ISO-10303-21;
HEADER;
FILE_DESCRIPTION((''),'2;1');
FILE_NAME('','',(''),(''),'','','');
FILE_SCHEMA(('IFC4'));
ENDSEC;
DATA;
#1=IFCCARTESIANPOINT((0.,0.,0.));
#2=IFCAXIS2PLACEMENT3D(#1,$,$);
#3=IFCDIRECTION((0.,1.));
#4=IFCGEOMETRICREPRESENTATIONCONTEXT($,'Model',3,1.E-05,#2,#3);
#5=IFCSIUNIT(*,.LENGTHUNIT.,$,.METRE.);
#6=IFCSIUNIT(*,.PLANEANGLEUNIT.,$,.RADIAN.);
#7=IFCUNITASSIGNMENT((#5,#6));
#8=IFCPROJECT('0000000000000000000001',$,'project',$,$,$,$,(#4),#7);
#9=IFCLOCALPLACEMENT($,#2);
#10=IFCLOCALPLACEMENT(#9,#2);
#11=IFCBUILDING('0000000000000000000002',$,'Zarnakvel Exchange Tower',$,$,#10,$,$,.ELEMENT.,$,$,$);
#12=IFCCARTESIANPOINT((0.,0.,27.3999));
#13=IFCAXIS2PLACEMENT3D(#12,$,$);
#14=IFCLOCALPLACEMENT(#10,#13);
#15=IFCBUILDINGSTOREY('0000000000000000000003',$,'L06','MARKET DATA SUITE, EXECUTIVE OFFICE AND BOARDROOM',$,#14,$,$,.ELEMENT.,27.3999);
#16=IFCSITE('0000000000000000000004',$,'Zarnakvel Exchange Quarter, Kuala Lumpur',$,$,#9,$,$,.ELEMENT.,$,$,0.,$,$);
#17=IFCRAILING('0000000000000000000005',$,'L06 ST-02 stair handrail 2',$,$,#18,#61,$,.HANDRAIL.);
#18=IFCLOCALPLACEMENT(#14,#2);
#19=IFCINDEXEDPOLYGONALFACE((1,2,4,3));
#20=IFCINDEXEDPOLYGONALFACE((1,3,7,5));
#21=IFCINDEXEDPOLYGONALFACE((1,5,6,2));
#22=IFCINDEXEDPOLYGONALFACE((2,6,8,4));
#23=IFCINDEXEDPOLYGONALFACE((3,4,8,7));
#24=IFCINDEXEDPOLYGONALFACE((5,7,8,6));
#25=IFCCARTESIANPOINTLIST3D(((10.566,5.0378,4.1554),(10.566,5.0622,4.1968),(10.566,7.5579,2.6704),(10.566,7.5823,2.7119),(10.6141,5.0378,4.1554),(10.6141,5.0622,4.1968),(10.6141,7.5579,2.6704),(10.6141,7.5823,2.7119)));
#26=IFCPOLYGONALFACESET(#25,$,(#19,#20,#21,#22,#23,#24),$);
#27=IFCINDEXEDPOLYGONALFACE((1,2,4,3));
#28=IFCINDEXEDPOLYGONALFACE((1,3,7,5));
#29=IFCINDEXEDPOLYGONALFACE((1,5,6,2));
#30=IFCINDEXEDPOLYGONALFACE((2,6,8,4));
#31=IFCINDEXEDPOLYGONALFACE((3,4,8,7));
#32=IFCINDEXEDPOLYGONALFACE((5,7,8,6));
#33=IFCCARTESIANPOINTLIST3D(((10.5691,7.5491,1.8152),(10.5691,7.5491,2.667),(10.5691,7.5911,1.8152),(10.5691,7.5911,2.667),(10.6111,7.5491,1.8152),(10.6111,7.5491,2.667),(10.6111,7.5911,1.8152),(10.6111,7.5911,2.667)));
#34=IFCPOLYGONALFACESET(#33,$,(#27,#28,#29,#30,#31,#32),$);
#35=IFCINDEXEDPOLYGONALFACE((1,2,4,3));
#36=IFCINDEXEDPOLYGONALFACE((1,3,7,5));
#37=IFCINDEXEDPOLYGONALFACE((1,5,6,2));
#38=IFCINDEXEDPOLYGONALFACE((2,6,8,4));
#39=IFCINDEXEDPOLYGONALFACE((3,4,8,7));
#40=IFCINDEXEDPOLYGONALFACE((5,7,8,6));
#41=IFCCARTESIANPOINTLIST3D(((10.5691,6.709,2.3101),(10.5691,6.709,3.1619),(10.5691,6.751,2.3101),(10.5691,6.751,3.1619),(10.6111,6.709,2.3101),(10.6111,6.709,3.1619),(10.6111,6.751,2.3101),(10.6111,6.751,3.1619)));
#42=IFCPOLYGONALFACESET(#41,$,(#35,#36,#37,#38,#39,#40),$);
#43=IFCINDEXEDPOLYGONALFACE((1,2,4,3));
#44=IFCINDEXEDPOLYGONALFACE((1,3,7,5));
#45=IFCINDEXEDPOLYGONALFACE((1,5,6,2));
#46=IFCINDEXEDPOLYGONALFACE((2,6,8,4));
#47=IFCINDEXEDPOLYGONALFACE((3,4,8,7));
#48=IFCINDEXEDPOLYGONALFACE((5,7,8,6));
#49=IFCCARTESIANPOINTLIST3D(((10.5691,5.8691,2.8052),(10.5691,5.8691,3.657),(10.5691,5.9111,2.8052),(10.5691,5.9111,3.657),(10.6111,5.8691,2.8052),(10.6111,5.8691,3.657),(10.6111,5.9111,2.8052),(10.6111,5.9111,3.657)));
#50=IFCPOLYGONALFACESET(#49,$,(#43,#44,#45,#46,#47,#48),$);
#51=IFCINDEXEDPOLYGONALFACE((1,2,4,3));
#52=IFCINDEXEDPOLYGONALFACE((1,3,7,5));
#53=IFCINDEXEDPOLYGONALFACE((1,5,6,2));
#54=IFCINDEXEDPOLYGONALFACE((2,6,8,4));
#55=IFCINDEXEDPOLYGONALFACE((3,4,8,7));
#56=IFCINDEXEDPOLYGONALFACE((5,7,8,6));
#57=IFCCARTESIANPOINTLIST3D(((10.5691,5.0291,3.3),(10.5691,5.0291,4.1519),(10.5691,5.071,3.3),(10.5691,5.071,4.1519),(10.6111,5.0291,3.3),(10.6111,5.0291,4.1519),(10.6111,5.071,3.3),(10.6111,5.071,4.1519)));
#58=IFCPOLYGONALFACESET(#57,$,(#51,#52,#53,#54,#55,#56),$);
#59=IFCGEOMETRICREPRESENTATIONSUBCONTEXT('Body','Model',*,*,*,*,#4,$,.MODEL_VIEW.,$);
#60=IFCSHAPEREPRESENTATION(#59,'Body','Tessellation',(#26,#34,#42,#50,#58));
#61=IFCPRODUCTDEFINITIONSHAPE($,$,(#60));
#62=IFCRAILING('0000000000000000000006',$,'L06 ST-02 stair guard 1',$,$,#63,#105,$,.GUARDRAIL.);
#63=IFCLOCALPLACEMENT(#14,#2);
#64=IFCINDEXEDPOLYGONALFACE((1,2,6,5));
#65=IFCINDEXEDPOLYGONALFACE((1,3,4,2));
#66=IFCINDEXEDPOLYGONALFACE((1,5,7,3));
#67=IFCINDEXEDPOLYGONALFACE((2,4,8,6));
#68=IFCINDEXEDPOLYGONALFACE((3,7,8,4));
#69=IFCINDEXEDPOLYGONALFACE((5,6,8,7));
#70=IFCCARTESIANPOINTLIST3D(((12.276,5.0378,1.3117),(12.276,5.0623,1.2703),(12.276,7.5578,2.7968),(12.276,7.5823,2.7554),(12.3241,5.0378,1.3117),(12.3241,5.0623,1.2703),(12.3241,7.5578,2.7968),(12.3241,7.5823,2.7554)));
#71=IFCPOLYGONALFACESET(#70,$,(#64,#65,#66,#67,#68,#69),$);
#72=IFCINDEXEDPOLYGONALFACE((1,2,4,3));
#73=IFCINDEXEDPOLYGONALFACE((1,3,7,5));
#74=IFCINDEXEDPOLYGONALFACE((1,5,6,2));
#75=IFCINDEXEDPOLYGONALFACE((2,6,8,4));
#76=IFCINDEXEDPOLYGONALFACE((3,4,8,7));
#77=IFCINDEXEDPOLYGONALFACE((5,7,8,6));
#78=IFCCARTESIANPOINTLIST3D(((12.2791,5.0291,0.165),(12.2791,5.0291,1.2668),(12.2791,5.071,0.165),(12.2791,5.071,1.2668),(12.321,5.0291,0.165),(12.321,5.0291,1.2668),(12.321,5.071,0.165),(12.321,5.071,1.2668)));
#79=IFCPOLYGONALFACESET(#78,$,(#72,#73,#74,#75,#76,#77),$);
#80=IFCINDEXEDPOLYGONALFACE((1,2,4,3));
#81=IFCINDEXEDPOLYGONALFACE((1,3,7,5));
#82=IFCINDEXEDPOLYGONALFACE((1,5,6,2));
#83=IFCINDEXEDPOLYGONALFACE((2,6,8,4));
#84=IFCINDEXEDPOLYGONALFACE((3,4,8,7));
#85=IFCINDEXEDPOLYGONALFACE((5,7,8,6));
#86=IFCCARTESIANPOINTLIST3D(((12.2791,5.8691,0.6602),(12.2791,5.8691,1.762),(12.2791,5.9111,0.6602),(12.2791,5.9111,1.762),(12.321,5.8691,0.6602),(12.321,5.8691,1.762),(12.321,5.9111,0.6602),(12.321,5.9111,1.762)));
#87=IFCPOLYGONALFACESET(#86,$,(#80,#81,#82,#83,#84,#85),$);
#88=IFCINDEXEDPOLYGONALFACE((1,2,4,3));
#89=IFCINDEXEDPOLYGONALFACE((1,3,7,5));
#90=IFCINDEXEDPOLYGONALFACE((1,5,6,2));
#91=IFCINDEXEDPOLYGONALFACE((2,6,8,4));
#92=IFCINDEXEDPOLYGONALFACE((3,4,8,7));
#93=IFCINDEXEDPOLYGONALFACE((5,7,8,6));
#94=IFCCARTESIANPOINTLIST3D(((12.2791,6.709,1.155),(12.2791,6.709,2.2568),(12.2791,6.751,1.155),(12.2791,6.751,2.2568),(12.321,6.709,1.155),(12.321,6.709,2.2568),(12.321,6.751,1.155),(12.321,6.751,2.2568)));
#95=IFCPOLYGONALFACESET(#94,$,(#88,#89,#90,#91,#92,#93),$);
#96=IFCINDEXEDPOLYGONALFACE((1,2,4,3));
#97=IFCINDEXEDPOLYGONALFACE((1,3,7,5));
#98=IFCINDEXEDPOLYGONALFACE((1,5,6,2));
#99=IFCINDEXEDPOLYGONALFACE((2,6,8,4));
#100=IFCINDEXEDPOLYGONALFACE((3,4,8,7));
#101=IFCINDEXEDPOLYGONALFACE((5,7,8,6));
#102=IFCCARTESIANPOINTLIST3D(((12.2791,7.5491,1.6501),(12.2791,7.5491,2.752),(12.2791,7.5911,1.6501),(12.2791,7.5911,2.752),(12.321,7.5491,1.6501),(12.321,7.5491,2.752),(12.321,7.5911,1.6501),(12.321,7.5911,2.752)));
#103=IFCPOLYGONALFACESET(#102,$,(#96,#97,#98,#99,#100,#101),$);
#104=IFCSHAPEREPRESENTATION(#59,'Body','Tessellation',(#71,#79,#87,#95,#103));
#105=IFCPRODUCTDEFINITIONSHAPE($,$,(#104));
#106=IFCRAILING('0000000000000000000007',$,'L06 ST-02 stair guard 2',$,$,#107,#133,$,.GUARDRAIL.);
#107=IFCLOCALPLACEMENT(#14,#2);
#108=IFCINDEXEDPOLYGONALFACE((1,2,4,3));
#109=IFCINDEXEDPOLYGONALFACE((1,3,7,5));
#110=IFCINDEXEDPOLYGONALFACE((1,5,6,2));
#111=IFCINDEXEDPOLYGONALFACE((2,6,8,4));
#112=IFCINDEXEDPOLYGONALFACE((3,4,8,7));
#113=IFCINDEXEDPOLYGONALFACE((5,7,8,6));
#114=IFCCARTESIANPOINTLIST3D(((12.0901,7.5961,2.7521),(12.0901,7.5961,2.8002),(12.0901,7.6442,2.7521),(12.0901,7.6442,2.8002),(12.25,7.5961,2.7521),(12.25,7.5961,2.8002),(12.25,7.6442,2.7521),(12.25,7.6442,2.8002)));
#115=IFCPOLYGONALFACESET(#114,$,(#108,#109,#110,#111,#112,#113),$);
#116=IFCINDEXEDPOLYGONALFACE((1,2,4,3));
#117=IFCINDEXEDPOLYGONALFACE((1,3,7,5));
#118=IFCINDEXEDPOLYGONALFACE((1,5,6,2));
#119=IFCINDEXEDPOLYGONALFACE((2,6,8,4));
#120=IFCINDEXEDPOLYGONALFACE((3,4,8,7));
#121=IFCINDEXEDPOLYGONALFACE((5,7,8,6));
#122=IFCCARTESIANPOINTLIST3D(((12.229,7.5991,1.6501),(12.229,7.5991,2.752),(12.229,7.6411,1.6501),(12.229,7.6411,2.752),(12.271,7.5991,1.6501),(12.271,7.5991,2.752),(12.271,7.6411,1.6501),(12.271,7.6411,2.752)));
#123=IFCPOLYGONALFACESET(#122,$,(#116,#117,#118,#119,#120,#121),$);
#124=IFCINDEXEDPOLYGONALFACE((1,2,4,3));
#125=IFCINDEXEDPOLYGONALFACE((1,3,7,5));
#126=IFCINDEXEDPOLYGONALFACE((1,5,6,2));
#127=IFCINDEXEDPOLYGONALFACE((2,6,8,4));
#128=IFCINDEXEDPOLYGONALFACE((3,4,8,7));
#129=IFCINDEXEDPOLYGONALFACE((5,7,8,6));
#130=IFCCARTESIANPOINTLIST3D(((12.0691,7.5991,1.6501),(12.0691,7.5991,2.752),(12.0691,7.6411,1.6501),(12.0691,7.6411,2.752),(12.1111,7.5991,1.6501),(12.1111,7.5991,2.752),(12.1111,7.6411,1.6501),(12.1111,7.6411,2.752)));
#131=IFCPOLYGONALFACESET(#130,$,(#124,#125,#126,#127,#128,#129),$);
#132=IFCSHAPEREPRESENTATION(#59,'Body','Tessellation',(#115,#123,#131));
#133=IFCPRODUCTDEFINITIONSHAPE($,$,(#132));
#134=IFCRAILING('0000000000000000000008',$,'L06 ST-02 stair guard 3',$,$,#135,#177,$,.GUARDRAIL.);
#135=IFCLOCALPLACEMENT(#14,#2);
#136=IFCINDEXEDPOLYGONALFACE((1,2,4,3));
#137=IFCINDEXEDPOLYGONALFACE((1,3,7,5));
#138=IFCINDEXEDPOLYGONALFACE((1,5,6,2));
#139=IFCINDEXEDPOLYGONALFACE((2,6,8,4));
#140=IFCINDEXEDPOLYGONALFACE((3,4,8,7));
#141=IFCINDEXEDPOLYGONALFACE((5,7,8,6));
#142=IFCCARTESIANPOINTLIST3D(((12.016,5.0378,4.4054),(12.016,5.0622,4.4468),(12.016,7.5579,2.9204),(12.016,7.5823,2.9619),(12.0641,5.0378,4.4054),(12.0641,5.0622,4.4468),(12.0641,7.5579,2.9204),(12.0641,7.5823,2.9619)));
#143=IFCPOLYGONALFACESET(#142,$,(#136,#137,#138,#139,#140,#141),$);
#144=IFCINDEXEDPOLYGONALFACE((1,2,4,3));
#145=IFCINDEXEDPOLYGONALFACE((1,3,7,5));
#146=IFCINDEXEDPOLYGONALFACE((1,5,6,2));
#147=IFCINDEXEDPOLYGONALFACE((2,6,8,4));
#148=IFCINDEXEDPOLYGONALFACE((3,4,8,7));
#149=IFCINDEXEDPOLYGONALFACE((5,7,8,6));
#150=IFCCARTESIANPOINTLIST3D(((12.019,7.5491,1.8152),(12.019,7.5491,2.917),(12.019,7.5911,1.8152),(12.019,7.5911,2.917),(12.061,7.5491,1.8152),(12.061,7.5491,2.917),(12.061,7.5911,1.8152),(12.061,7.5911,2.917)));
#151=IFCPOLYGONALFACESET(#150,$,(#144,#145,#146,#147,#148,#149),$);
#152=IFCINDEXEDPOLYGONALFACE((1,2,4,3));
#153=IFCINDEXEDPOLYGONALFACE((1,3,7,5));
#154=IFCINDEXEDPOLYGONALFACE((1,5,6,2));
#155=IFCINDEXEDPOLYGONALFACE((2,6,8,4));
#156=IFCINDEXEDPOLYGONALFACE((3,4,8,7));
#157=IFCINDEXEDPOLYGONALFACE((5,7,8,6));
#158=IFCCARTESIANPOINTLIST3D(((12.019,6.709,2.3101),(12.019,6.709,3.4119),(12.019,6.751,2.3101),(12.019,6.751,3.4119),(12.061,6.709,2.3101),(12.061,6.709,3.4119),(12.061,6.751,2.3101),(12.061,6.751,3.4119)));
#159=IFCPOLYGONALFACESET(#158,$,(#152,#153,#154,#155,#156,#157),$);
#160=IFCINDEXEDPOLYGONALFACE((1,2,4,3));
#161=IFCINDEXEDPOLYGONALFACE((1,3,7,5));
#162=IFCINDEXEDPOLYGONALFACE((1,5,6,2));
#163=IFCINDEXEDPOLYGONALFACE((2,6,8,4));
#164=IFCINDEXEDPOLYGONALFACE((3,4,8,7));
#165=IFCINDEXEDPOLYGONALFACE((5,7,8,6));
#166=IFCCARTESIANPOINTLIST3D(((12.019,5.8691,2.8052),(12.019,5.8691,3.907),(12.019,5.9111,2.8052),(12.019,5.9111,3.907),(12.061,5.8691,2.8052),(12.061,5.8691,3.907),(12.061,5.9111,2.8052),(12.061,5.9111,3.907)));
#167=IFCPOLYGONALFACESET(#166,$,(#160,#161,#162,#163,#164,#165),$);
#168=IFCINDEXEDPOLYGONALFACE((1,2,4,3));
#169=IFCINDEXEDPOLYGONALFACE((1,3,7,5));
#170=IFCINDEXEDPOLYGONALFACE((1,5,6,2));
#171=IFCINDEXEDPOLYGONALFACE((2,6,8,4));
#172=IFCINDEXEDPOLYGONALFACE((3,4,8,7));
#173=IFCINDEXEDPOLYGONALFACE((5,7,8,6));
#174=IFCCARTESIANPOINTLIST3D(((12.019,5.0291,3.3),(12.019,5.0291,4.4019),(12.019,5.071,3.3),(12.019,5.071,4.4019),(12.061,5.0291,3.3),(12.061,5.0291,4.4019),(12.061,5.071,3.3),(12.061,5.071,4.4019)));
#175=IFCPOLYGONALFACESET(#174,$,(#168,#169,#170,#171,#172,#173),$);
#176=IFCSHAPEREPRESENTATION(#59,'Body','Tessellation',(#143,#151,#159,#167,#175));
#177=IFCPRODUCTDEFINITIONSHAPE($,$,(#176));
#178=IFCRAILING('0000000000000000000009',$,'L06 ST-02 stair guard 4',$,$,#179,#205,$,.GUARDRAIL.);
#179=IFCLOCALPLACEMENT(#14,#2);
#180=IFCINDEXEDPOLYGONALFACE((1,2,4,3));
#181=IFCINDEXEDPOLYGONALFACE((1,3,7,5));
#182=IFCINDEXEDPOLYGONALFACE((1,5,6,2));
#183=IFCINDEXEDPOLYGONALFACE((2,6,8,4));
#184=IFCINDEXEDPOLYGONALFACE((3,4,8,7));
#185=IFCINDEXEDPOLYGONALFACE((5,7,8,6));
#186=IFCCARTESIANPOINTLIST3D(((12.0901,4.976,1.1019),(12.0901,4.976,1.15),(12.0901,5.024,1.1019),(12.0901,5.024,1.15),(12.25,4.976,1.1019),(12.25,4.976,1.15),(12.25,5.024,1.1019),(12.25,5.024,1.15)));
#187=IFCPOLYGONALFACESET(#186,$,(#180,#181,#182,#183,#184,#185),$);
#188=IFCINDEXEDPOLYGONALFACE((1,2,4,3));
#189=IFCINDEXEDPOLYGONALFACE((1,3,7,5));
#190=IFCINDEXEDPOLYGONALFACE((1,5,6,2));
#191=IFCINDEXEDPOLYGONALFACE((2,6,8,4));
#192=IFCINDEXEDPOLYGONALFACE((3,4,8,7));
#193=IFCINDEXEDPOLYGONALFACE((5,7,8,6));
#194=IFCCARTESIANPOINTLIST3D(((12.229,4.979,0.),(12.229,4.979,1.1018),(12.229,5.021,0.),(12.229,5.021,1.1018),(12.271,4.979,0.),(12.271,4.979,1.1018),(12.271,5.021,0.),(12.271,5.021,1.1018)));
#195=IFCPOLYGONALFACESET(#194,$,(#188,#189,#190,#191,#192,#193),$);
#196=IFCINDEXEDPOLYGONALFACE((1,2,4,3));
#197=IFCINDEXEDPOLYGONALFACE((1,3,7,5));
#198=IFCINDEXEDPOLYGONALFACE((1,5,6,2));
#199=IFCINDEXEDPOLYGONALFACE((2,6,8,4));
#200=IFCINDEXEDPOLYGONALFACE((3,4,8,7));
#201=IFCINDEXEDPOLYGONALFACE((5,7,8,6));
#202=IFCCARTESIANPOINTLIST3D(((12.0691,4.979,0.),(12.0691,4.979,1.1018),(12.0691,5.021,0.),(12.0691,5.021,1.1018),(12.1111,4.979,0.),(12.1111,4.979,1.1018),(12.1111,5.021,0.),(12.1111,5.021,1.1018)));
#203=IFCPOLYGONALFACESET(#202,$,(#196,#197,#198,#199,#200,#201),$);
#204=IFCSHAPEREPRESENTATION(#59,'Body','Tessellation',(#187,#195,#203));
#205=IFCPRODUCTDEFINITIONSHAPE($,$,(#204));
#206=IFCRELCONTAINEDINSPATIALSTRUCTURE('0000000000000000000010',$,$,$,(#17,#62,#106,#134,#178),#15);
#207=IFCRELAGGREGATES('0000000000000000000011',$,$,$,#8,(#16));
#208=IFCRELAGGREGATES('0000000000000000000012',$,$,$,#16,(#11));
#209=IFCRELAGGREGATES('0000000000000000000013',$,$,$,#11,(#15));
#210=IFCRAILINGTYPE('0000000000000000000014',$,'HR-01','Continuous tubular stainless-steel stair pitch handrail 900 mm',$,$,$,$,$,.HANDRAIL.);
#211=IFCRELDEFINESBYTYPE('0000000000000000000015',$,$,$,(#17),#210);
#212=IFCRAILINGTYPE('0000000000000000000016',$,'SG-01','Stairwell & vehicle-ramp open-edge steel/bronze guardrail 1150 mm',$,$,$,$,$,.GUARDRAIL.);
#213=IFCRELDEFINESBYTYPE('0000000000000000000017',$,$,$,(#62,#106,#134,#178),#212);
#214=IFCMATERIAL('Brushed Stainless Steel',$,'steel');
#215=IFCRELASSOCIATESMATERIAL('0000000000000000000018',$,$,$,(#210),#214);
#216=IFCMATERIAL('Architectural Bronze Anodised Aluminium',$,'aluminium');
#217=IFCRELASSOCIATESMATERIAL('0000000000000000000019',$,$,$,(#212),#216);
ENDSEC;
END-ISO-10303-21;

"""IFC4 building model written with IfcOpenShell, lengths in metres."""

from ifc_helpers import new_model, si_unit, direction, frame, origin, origin_2d, place, context, subcontext, project, spatial, rectangle, extrude, material, type_object, element, save


model = new_model("IFC4")

# Units and contexts
model_context = context("Model", 3, precision=1e-05, world=origin(), true_north=direction((0.0, 1.0)))
body_context = subcontext(model_context, "Body", "Model", "MODEL_VIEW")
ifc_project = project(units=[si_unit("LENGTHUNIT", "METRE"), si_unit("PLANEANGLEUNIT", "RADIAN")], contexts=[model_context])

# Site, building, storey
site_placement = place(None, origin())
site = spatial("IfcSite", under=ifc_project, at=site_placement, Name="Zarnakvel Exchange Quarter, Kuala Lumpur", CompositionType="ELEMENT", RefElevation=0.0)
building_placement = place(site_placement, origin())
building = spatial("IfcBuilding", under=site, at=building_placement, Name="Zarnakvel Exchange Tower", CompositionType="ELEMENT")
storey_placement = place(building_placement, frame((0.0, 0.0, 27.3999)))
storey = spatial("IfcBuildingStorey", under=building, at=storey_placement, Name="L06", Description="MARKET DATA SUITE, EXECUTIVE OFFICE AND BOARDROOM", CompositionType="ELEMENT", Elevation=27.3999)

# Shared definitions
ifc_material_1 = material(Name="Architectural Bronze Anodised Aluminium", Category="aluminium")

# Railings
ifc_material_2 = material(Name="Brushed Stainless Steel", Category="steel")
railing_type_1 = type_object("IfcRailingType", Name="HR-01", Description="Continuous tubular stainless-steel stair pitch handrail 900 mm", PredefinedType="HANDRAIL", material=ifc_material_2)
railing_1_placement = place(storey_placement, frame((10.5901, 7.5701, 1.8152)))
element("IfcRailing", 1, at=railing_1_placement, inside=storey, type_object=railing_type_1, Name="L06 ST-02 stair handrail 2", PredefinedType="HANDRAIL", context=body_context, shape_type="SweptSolid", body=[
    extrude(rectangle(XDim=0.0481, YDim=0.0481, at=origin_2d()), frame((0.0, 0.0, 0.876), z_axis=(0.0, -0.861561, 0.507655), x_axis=(1.0, 0.0, 0.0)), (0.0, 0.0, 1.0), 2.925),
    extrude(rectangle(XDim=0.042, YDim=0.042, at=origin_2d()), origin(), (0.0, 0.0, 1.0), 0.8518),
    extrude(rectangle(XDim=0.042, YDim=0.042, at=origin_2d()), frame((0.0, -0.8401, 0.4949)), (0.0, 0.0, 1.0), 0.8518),
    extrude(rectangle(XDim=0.042, YDim=0.042, at=origin_2d()), frame((0.0, -1.6799, 0.99)), (0.0, 0.0, 1.0), 0.8518),
    extrude(rectangle(XDim=0.042, YDim=0.042, at=origin_2d()), frame((0.0, -2.52, 1.4849)), (0.0, 0.0, 1.0), 0.8518),
])
railing_type_2 = type_object("IfcRailingType", Name="SG-01", Description="Stairwell & vehicle-ramp open-edge steel/bronze guardrail 1150 mm", PredefinedType="GUARDRAIL", material=ifc_material_1)
railing_2_placement = place(storey_placement, frame((12.3, 5.05, 0.165)))
element("IfcRailing", 2, at=railing_2_placement, inside=storey, type_object=railing_type_2, Name="L06 ST-02 stair guard 1", PredefinedType="GUARDRAIL", context=body_context, shape_type="SweptSolid", body=[
    extrude(rectangle(XDim=0.0481, YDim=0.0481, at=origin_2d()), frame((0.0, 0.0, 1.126), z_axis=(0.0, 0.861524, 0.507717), x_axis=(-1.0, 0.0, 0.0)), (0.0, 0.0, 1.0), 2.925),
    extrude(rectangle(XDim=0.042, YDim=0.042, at=origin_2d()), origin(), (0.0, 0.0, 1.0), 1.1018),
    extrude(rectangle(XDim=0.042, YDim=0.042, at=origin_2d()), frame((0.0, 0.8401, 0.4951)), (0.0, 0.0, 1.0), 1.1018),
    extrude(rectangle(XDim=0.042, YDim=0.042, at=origin_2d()), frame((0.0, 1.6799, 0.99)), (0.0, 0.0, 1.0), 1.1018),
    extrude(rectangle(XDim=0.042, YDim=0.042, at=origin_2d()), frame((0.0, 2.52, 1.4851)), (0.0, 0.0, 1.0), 1.1018),
])
railing_3_placement = place(storey_placement, frame((12.25, 7.6201, 1.6501)))
element("IfcRailing", 3, at=railing_3_placement, inside=storey, type_object=railing_type_2, Name="L06 ST-02 stair guard 2", PredefinedType="GUARDRAIL", context=body_context, shape_type="SweptSolid", body=[
    extrude(rectangle(XDim=0.0481, YDim=0.0481, at=origin_2d()), frame((0.0, 0.0, 1.126), z_axis=(-1.0, 0.0, 0.0), x_axis=(0.0, -1.0, 0.0)), (0.0, 0.0, 1.0), 0.1599),
    extrude(rectangle(XDim=0.042, YDim=0.042, at=origin_2d()), origin(), (0.0, 0.0, 1.0), 1.1018),
    extrude(rectangle(XDim=0.042, YDim=0.042, at=origin_2d()), frame((-0.1599, 0.0, 0.0)), (0.0, 0.0, 1.0), 1.1018),
])
railing_4_placement = place(storey_placement, frame((12.04, 7.5701, 1.8152)))
element("IfcRailing", 4, at=railing_4_placement, inside=storey, type_object=railing_type_2, Name="L06 ST-02 stair guard 3", PredefinedType="GUARDRAIL", context=body_context, shape_type="SweptSolid", body=[
    extrude(rectangle(XDim=0.0481, YDim=0.0481, at=origin_2d()), frame((0.0, 0.0, 1.126), z_axis=(0.0, -0.861561, 0.507655), x_axis=(1.0, 0.0, 0.0)), (0.0, 0.0, 1.0), 2.925),
    extrude(rectangle(XDim=0.042, YDim=0.042, at=origin_2d()), origin(), (0.0, 0.0, 1.0), 1.1018),
    extrude(rectangle(XDim=0.042, YDim=0.042, at=origin_2d()), frame((0.0, -0.8401, 0.4949)), (0.0, 0.0, 1.0), 1.1018),
    extrude(rectangle(XDim=0.042, YDim=0.042, at=origin_2d()), frame((0.0, -1.6799, 0.99)), (0.0, 0.0, 1.0), 1.1018),
    extrude(rectangle(XDim=0.042, YDim=0.042, at=origin_2d()), frame((0.0, -2.52, 1.4849)), (0.0, 0.0, 1.0), 1.1018),
])
railing_5_placement = place(storey_placement, frame((12.25, 5.0, 0.0)))
element("IfcRailing", 5, at=railing_5_placement, inside=storey, type_object=railing_type_2, Name="L06 ST-02 stair guard 4", PredefinedType="GUARDRAIL", context=body_context, shape_type="SweptSolid", body=[
    extrude(rectangle(XDim=0.0481, YDim=0.0481, at=origin_2d()), frame((0.0, 0.0, 1.126), z_axis=(-1.0, 0.0, 0.0), x_axis=(0.0, -1.0, 0.0)), (0.0, 0.0, 1.0), 0.1599),
    extrude(rectangle(XDim=0.042, YDim=0.042, at=origin_2d()), origin(), (0.0, 0.0, 1.0), 1.1018),
    extrude(rectangle(XDim=0.042, YDim=0.042, at=origin_2d()), frame((-0.1599, 0.0, 0.0)), (0.0, 0.0, 1.0), 1.1018),
])

save(model, "model.ifc")
